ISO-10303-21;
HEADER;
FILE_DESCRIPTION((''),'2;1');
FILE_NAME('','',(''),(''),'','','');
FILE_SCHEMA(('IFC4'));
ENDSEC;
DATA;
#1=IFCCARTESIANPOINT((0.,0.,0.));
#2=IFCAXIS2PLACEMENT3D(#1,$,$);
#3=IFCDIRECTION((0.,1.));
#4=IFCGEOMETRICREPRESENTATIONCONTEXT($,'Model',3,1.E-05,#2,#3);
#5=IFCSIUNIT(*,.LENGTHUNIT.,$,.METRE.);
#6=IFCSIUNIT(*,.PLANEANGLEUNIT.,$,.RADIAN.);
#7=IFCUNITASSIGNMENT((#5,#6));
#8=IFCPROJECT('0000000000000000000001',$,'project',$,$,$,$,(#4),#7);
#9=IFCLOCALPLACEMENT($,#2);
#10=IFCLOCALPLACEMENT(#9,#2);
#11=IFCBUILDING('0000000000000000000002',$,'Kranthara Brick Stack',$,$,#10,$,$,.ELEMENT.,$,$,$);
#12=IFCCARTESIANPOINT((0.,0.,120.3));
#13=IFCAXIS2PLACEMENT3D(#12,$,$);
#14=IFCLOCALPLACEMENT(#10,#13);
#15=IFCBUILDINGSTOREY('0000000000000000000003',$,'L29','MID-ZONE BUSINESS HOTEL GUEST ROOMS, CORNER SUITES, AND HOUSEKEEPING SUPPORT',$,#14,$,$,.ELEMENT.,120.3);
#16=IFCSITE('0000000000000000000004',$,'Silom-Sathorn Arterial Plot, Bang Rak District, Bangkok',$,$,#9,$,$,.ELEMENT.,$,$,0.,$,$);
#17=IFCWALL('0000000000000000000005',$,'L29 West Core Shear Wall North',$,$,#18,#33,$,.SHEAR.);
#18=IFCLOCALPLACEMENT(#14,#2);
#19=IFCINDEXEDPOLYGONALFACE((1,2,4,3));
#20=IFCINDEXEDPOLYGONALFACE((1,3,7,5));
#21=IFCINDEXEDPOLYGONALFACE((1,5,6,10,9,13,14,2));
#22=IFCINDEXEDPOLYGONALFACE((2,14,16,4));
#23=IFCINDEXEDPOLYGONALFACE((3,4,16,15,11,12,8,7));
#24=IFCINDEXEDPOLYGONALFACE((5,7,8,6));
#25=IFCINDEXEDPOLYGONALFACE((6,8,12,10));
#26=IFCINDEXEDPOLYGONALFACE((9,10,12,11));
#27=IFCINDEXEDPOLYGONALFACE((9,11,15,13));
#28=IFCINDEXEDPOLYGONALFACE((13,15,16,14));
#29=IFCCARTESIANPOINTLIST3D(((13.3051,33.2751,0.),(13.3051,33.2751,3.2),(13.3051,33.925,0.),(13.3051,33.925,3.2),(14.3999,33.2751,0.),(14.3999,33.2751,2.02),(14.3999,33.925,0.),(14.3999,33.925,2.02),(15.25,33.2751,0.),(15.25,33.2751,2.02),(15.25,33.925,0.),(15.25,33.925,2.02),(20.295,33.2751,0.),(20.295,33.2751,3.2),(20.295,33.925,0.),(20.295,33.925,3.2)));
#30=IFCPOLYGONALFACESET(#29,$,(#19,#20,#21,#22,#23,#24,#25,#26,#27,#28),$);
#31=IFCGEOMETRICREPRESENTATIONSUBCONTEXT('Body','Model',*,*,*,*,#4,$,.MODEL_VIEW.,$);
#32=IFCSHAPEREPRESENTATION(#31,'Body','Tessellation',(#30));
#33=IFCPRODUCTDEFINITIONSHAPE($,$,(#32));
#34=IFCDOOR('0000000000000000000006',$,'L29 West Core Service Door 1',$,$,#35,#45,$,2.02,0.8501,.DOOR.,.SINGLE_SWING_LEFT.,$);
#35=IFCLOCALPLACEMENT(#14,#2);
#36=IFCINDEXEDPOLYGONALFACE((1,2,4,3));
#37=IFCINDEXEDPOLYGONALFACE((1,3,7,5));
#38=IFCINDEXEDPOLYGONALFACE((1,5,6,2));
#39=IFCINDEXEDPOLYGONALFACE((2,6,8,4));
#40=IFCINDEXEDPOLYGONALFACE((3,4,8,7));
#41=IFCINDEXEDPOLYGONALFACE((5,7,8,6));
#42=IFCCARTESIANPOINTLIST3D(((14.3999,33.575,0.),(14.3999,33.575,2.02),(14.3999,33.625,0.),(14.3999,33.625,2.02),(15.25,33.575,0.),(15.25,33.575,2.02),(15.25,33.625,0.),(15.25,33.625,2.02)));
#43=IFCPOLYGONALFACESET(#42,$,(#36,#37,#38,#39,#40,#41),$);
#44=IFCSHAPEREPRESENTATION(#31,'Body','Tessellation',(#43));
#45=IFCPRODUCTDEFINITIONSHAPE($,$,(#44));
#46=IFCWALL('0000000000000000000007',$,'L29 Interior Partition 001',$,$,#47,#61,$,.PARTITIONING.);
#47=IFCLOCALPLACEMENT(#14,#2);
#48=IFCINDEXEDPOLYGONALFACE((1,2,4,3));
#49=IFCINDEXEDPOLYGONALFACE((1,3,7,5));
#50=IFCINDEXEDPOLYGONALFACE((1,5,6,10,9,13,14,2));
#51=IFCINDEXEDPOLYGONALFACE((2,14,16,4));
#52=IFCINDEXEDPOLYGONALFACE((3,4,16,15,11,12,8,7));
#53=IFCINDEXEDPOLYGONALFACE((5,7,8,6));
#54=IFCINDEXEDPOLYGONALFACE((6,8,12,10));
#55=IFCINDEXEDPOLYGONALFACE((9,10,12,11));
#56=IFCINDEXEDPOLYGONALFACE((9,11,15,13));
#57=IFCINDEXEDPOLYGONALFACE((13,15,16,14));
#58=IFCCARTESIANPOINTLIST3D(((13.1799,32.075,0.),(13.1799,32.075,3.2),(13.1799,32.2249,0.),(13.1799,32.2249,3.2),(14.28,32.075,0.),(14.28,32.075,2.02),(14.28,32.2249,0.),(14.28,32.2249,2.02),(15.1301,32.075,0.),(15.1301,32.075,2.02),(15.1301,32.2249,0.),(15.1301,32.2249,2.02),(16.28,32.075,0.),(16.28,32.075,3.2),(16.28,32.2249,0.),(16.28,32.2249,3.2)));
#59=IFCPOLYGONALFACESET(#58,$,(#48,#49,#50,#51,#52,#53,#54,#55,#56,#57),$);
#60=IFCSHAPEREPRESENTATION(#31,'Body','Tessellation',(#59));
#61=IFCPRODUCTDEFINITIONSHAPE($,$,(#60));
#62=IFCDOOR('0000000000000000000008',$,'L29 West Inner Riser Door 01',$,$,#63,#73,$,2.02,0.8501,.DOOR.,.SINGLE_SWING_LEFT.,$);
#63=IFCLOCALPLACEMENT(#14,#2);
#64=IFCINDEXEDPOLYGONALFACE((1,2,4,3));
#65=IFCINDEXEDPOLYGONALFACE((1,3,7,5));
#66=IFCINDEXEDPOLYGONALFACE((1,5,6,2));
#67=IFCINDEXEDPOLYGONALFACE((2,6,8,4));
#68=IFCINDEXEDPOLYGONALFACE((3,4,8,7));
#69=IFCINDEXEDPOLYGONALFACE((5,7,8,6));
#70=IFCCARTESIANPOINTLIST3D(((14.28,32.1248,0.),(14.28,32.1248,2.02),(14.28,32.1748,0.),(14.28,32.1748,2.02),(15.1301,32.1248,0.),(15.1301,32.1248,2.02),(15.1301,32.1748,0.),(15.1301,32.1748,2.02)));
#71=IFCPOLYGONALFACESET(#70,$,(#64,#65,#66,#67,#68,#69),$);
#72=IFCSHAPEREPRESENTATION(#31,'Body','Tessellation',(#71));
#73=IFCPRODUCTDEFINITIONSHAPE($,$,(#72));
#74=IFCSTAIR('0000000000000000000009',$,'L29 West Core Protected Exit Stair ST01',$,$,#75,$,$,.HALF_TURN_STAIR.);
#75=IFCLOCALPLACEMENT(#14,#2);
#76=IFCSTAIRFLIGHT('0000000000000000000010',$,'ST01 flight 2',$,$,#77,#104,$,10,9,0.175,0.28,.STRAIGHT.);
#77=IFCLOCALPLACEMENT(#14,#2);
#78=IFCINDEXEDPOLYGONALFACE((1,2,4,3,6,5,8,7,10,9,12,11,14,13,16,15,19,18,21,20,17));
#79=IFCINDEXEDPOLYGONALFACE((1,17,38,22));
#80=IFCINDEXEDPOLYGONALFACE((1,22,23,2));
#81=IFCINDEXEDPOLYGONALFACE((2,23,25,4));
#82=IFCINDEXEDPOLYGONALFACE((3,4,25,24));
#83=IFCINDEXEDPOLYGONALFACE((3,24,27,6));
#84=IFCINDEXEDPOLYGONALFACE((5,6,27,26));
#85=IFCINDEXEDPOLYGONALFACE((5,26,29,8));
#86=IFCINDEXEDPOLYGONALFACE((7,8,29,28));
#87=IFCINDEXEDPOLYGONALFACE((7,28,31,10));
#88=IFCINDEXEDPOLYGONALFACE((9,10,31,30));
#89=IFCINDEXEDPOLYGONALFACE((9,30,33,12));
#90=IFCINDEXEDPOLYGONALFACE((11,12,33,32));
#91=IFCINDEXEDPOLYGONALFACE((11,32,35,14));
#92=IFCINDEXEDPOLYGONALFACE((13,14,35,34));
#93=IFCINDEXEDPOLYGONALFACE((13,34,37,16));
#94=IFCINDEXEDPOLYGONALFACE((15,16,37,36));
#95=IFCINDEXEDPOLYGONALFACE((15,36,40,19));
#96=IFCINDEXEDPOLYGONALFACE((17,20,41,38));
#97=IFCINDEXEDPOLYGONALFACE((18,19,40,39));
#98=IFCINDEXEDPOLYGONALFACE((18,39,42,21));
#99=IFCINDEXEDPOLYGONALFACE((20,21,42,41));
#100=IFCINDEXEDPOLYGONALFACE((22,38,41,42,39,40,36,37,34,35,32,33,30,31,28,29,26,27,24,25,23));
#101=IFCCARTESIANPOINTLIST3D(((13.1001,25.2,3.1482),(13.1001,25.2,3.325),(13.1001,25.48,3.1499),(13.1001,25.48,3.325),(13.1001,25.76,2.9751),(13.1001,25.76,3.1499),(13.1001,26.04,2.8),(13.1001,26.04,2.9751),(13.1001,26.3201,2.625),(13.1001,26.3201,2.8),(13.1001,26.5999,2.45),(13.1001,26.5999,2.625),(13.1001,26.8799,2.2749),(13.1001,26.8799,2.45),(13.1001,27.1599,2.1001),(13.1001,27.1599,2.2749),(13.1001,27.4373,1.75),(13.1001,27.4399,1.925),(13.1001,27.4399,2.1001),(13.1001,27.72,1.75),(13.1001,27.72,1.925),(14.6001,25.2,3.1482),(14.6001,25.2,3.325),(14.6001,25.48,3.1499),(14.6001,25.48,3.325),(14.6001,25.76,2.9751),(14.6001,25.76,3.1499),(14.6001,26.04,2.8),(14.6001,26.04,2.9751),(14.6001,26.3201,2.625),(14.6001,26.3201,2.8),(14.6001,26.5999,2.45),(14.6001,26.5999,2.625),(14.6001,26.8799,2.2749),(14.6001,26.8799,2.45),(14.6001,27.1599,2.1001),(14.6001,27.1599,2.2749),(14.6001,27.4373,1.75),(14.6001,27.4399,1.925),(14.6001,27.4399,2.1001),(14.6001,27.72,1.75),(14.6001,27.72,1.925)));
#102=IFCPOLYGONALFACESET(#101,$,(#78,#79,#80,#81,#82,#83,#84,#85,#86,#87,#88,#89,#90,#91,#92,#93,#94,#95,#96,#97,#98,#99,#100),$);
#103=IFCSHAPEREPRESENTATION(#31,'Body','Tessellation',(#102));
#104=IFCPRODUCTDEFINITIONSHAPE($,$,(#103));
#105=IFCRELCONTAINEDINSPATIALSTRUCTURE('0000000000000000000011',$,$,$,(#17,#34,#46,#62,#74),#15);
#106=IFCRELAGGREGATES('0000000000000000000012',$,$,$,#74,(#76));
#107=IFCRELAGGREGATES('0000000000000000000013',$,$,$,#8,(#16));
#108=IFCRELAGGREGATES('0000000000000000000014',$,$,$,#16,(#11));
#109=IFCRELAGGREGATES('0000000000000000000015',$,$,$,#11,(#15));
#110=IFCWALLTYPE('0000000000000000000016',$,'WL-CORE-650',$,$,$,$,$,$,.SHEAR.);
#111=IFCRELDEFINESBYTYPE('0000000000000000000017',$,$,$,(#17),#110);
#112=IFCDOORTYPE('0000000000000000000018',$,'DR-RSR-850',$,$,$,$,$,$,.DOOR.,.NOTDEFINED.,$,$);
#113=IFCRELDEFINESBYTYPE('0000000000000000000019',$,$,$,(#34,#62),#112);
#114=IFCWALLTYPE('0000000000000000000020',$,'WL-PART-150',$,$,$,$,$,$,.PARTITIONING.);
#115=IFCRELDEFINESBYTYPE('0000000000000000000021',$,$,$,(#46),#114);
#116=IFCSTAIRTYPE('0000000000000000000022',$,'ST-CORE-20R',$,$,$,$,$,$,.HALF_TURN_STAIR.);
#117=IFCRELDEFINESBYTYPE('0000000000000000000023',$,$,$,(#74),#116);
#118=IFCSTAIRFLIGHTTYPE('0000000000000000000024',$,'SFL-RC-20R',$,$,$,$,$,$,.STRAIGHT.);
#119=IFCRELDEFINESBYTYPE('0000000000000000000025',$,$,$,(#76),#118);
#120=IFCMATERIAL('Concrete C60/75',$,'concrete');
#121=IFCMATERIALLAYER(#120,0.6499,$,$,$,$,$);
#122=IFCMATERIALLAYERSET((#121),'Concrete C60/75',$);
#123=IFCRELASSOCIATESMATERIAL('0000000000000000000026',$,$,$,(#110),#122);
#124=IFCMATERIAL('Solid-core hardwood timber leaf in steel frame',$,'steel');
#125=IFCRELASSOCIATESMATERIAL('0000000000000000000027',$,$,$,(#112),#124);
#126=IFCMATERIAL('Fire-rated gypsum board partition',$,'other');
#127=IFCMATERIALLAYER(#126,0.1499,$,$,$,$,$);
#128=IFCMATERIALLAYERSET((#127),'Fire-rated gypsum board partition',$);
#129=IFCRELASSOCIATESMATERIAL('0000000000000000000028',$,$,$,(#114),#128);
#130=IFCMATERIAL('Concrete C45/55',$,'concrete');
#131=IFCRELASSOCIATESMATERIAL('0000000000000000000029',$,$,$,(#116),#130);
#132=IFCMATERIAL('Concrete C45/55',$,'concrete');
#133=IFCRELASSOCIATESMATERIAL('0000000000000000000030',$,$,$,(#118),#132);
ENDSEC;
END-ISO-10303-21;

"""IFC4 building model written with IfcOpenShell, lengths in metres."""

from ifc_helpers import new_model, si_unit, direction, frame, frame_2d, origin, place, context, subcontext, project, spatial, polyline, rectangle, outline, extrude, material, layer, layer_set, type_object, element, fill, aggregate, save


model = new_model("IFC4")

# Units and contexts
model_context = context("Model", 3, precision=1e-05, world=origin(), true_north=direction((0.0, 1.0)))
body_context = subcontext(model_context, "Body", "Model", "MODEL_VIEW")
ifc_project = project(units=[si_unit("LENGTHUNIT", "METRE"), si_unit("PLANEANGLEUNIT", "RADIAN")], contexts=[model_context])

# Site, building, storey
site_placement = place(None, origin())
site = spatial("IfcSite", under=ifc_project, at=site_placement, Name="Silom-Sathorn Arterial Plot, Bang Rak District, Bangkok", CompositionType="ELEMENT", RefElevation=0.0)
building_placement = place(site_placement, origin())
building = spatial("IfcBuilding", under=site, at=building_placement, Name="Kranthara Brick Stack", CompositionType="ELEMENT")
storey_placement = place(building_placement, frame((0.0, 0.0, 120.3)))
storey = spatial("IfcBuildingStorey", under=building, at=storey_placement, Name="L29", Description="MID-ZONE BUSINESS HOTEL GUEST ROOMS, CORNER SUITES, AND HOUSEKEEPING SUPPORT", CompositionType="ELEMENT", Elevation=120.3)

# Walls, openings, doors
ifc_material_1 = material(Name="Concrete C60/75", Category="concrete")
ifc_layer_1 = layer(ifc_material_1, 0.6499)
ifc_layer_set_1 = layer_set([ifc_layer_1], Name="Concrete C60/75")
wall_type_1 = type_object("IfcWallType", Name="WL-CORE-650", PredefinedType="SHEAR", material=ifc_layer_set_1)
wall_1_placement = place(storey_placement, frame((13.3049, 33.6001, 0.0), z_axis=(0.0, 0.0, 1.0), x_axis=(1.0, 0.0, 0.0)))
wall_1 = element("IfcWall", 1, at=wall_1_placement, inside=storey, type_object=wall_type_1, Name="L29 West Core Shear Wall North", PredefinedType="SHEAR", context=body_context, shape_type="SweptSolid", body=[
    extrude(rectangle(XDim=6.99, YDim=0.6499, at=frame_2d((3.4951, 0.0))), origin(), (0.0, 0.0, 1.0), 3.2),
])
opening_1_placement = place(wall_1_placement, frame((1.095, 0.0, 0.0)))
opening_1 = element("IfcOpeningElement", 2, at=opening_1_placement, cuts=wall_1, PredefinedType="OPENING", context=body_context, shape_type="SweptSolid", body=[
    extrude(rectangle(XDim=0.8501, YDim=2.02, at=frame_2d((0.425, 1.01))), frame((0.0, 0.335, 0.0), z_axis=(0.0, -1.0, 0.0), x_axis=(1.0, 0.0, 0.0)), (0.0, 0.0, 1.0), 0.6699),
])
ifc_material_2 = material(Name="Solid-core hardwood timber leaf in steel frame", Category="steel")
door_type = type_object("IfcDoorType", Name="DR-RSR-850", OperationType="NOTDEFINED", PredefinedType="DOOR", material=ifc_material_2)
door_1_placement = place(opening_1_placement, origin())
door_1 = element("IfcDoor", 3, at=door_1_placement, inside=storey, type_object=door_type, Name="L29 West Core Service Door 1", OperationType="SINGLE_SWING_LEFT", OverallHeight=2.02, OverallWidth=0.8501, PredefinedType="DOOR", context=body_context, shape_type="SweptSolid", body=[
    extrude(rectangle(XDim=0.8501, YDim=2.02, at=frame_2d((0.425, 1.01))), frame((0.0, 0.0249, 0.0), z_axis=(0.0, -1.0, 0.0), x_axis=(1.0, 0.0, 0.0)), (0.0, 0.0, 1.0), 0.05),
])
fill(opening_1, door_1)
ifc_material_3 = material(Name="Fire-rated gypsum board partition", Category="other")
ifc_layer_2 = layer(ifc_material_3, 0.1499)
ifc_layer_set_2 = layer_set([ifc_layer_2], Name="Fire-rated gypsum board partition")
wall_type_2 = type_object("IfcWallType", Name="WL-PART-150", PredefinedType="PARTITIONING", material=ifc_layer_set_2)
wall_2_placement = place(storey_placement, frame((13.1799, 32.1499, 0.0), z_axis=(0.0, 0.0, 1.0), x_axis=(1.0, 0.0, 0.0)))
wall_2 = element("IfcWall", 4, at=wall_2_placement, inside=storey, type_object=wall_type_2, Name="L29 Interior Partition 001", PredefinedType="PARTITIONING", context=body_context, shape_type="SweptSolid", body=[
    extrude(rectangle(XDim=3.1001, YDim=0.1499, at=frame_2d((1.55, 0.0))), origin(), (0.0, 0.0, 1.0), 3.2),
])
opening_2_placement = place(wall_2_placement, frame((1.1001, 0.0, 0.0)))
opening_2 = element("IfcOpeningElement", 5, at=opening_2_placement, cuts=wall_2, PredefinedType="OPENING", context=body_context, shape_type="SweptSolid", body=[
    extrude(rectangle(XDim=0.8501, YDim=2.02, at=frame_2d((0.425, 1.01))), frame((0.0, 0.085, 0.0), z_axis=(0.0, -1.0, 0.0), x_axis=(1.0, 0.0, 0.0)), (0.0, 0.0, 1.0), 0.1699),
])
door_2_placement = place(opening_2_placement, origin())
door_2 = element("IfcDoor", 6, at=door_2_placement, inside=storey, type_object=door_type, Name="L29 West Inner Riser Door 01", OperationType="SINGLE_SWING_LEFT", OverallHeight=2.02, OverallWidth=0.8501, PredefinedType="DOOR", context=body_context, shape_type="SweptSolid", body=[
    extrude(rectangle(XDim=0.8501, YDim=2.02, at=frame_2d((0.425, 1.01))), frame((0.0, 0.0249, 0.0), z_axis=(0.0, -1.0, 0.0), x_axis=(1.0, 0.0, 0.0)), (0.0, 0.0, 1.0), 0.05),
])
fill(opening_2, door_2)

# Stair, stair flight
ifc_material_4 = material(Name="Concrete C45/55", Category="concrete")
stair_type = type_object("IfcStairType", Name="ST-CORE-20R", PredefinedType="HALF_TURN_STAIR", material=ifc_material_4)
stair_placement = place(storey_placement, origin())
stair = element("IfcStair", 7, at=stair_placement, inside=storey, type_object=stair_type, Name="L29 West Core Protected Exit Stair ST01", PredefinedType="HALF_TURN_STAIR")
ifc_material_5 = material(Name="Concrete C45/55", Category="concrete")
stair_flight_type = type_object("IfcStairFlightType", Name="SFL-RC-20R", PredefinedType="STRAIGHT", material=ifc_material_5)
stair_flight_placement = place(storey_placement, frame((13.8501, 27.72, 1.75), z_axis=(0.0, 0.0, 1.0), x_axis=(0.0, -1.0, 0.0)))
stair_flight = element("IfcStairFlight", 8, at=stair_flight_placement, type_object=stair_flight_type, Name="ST01 flight 2", NumberOfRisers=10, NumberOfTreads=9, PredefinedType="STRAIGHT", RiserHeight=0.175, TreadLength=0.28, context=body_context, shape_type="SweptSolid", body=[
    extrude(outline(polyline([(0.0, 0.0), (0.0, 0.175), (0.28, 0.175), (0.28, 0.3501), (0.5601, 0.3501), (0.5601, 0.5249), (0.8401, 0.5249), (0.8401, 0.7), (1.1201, 0.7), (1.1201, 0.875), (1.3999, 0.875), (1.3999, 1.05), (1.6799, 1.05), (1.6799, 1.2251), (1.96, 1.2251), (1.96, 1.3999), (2.24, 1.3999), (2.24, 1.575), (2.52, 1.575), (2.52, 1.75), (2.52, 1.3982), (0.2827, 0.0), (0.0, 0.0)])), frame((0.0, 0.75, 0.0), z_axis=(0.0, -1.0, 0.0), x_axis=(1.0, 0.0, 0.0)), (0.0, 0.0, 1.0), 1.5),
])
aggregate(stair, [stair_flight])

save(model, "model.ifc")
